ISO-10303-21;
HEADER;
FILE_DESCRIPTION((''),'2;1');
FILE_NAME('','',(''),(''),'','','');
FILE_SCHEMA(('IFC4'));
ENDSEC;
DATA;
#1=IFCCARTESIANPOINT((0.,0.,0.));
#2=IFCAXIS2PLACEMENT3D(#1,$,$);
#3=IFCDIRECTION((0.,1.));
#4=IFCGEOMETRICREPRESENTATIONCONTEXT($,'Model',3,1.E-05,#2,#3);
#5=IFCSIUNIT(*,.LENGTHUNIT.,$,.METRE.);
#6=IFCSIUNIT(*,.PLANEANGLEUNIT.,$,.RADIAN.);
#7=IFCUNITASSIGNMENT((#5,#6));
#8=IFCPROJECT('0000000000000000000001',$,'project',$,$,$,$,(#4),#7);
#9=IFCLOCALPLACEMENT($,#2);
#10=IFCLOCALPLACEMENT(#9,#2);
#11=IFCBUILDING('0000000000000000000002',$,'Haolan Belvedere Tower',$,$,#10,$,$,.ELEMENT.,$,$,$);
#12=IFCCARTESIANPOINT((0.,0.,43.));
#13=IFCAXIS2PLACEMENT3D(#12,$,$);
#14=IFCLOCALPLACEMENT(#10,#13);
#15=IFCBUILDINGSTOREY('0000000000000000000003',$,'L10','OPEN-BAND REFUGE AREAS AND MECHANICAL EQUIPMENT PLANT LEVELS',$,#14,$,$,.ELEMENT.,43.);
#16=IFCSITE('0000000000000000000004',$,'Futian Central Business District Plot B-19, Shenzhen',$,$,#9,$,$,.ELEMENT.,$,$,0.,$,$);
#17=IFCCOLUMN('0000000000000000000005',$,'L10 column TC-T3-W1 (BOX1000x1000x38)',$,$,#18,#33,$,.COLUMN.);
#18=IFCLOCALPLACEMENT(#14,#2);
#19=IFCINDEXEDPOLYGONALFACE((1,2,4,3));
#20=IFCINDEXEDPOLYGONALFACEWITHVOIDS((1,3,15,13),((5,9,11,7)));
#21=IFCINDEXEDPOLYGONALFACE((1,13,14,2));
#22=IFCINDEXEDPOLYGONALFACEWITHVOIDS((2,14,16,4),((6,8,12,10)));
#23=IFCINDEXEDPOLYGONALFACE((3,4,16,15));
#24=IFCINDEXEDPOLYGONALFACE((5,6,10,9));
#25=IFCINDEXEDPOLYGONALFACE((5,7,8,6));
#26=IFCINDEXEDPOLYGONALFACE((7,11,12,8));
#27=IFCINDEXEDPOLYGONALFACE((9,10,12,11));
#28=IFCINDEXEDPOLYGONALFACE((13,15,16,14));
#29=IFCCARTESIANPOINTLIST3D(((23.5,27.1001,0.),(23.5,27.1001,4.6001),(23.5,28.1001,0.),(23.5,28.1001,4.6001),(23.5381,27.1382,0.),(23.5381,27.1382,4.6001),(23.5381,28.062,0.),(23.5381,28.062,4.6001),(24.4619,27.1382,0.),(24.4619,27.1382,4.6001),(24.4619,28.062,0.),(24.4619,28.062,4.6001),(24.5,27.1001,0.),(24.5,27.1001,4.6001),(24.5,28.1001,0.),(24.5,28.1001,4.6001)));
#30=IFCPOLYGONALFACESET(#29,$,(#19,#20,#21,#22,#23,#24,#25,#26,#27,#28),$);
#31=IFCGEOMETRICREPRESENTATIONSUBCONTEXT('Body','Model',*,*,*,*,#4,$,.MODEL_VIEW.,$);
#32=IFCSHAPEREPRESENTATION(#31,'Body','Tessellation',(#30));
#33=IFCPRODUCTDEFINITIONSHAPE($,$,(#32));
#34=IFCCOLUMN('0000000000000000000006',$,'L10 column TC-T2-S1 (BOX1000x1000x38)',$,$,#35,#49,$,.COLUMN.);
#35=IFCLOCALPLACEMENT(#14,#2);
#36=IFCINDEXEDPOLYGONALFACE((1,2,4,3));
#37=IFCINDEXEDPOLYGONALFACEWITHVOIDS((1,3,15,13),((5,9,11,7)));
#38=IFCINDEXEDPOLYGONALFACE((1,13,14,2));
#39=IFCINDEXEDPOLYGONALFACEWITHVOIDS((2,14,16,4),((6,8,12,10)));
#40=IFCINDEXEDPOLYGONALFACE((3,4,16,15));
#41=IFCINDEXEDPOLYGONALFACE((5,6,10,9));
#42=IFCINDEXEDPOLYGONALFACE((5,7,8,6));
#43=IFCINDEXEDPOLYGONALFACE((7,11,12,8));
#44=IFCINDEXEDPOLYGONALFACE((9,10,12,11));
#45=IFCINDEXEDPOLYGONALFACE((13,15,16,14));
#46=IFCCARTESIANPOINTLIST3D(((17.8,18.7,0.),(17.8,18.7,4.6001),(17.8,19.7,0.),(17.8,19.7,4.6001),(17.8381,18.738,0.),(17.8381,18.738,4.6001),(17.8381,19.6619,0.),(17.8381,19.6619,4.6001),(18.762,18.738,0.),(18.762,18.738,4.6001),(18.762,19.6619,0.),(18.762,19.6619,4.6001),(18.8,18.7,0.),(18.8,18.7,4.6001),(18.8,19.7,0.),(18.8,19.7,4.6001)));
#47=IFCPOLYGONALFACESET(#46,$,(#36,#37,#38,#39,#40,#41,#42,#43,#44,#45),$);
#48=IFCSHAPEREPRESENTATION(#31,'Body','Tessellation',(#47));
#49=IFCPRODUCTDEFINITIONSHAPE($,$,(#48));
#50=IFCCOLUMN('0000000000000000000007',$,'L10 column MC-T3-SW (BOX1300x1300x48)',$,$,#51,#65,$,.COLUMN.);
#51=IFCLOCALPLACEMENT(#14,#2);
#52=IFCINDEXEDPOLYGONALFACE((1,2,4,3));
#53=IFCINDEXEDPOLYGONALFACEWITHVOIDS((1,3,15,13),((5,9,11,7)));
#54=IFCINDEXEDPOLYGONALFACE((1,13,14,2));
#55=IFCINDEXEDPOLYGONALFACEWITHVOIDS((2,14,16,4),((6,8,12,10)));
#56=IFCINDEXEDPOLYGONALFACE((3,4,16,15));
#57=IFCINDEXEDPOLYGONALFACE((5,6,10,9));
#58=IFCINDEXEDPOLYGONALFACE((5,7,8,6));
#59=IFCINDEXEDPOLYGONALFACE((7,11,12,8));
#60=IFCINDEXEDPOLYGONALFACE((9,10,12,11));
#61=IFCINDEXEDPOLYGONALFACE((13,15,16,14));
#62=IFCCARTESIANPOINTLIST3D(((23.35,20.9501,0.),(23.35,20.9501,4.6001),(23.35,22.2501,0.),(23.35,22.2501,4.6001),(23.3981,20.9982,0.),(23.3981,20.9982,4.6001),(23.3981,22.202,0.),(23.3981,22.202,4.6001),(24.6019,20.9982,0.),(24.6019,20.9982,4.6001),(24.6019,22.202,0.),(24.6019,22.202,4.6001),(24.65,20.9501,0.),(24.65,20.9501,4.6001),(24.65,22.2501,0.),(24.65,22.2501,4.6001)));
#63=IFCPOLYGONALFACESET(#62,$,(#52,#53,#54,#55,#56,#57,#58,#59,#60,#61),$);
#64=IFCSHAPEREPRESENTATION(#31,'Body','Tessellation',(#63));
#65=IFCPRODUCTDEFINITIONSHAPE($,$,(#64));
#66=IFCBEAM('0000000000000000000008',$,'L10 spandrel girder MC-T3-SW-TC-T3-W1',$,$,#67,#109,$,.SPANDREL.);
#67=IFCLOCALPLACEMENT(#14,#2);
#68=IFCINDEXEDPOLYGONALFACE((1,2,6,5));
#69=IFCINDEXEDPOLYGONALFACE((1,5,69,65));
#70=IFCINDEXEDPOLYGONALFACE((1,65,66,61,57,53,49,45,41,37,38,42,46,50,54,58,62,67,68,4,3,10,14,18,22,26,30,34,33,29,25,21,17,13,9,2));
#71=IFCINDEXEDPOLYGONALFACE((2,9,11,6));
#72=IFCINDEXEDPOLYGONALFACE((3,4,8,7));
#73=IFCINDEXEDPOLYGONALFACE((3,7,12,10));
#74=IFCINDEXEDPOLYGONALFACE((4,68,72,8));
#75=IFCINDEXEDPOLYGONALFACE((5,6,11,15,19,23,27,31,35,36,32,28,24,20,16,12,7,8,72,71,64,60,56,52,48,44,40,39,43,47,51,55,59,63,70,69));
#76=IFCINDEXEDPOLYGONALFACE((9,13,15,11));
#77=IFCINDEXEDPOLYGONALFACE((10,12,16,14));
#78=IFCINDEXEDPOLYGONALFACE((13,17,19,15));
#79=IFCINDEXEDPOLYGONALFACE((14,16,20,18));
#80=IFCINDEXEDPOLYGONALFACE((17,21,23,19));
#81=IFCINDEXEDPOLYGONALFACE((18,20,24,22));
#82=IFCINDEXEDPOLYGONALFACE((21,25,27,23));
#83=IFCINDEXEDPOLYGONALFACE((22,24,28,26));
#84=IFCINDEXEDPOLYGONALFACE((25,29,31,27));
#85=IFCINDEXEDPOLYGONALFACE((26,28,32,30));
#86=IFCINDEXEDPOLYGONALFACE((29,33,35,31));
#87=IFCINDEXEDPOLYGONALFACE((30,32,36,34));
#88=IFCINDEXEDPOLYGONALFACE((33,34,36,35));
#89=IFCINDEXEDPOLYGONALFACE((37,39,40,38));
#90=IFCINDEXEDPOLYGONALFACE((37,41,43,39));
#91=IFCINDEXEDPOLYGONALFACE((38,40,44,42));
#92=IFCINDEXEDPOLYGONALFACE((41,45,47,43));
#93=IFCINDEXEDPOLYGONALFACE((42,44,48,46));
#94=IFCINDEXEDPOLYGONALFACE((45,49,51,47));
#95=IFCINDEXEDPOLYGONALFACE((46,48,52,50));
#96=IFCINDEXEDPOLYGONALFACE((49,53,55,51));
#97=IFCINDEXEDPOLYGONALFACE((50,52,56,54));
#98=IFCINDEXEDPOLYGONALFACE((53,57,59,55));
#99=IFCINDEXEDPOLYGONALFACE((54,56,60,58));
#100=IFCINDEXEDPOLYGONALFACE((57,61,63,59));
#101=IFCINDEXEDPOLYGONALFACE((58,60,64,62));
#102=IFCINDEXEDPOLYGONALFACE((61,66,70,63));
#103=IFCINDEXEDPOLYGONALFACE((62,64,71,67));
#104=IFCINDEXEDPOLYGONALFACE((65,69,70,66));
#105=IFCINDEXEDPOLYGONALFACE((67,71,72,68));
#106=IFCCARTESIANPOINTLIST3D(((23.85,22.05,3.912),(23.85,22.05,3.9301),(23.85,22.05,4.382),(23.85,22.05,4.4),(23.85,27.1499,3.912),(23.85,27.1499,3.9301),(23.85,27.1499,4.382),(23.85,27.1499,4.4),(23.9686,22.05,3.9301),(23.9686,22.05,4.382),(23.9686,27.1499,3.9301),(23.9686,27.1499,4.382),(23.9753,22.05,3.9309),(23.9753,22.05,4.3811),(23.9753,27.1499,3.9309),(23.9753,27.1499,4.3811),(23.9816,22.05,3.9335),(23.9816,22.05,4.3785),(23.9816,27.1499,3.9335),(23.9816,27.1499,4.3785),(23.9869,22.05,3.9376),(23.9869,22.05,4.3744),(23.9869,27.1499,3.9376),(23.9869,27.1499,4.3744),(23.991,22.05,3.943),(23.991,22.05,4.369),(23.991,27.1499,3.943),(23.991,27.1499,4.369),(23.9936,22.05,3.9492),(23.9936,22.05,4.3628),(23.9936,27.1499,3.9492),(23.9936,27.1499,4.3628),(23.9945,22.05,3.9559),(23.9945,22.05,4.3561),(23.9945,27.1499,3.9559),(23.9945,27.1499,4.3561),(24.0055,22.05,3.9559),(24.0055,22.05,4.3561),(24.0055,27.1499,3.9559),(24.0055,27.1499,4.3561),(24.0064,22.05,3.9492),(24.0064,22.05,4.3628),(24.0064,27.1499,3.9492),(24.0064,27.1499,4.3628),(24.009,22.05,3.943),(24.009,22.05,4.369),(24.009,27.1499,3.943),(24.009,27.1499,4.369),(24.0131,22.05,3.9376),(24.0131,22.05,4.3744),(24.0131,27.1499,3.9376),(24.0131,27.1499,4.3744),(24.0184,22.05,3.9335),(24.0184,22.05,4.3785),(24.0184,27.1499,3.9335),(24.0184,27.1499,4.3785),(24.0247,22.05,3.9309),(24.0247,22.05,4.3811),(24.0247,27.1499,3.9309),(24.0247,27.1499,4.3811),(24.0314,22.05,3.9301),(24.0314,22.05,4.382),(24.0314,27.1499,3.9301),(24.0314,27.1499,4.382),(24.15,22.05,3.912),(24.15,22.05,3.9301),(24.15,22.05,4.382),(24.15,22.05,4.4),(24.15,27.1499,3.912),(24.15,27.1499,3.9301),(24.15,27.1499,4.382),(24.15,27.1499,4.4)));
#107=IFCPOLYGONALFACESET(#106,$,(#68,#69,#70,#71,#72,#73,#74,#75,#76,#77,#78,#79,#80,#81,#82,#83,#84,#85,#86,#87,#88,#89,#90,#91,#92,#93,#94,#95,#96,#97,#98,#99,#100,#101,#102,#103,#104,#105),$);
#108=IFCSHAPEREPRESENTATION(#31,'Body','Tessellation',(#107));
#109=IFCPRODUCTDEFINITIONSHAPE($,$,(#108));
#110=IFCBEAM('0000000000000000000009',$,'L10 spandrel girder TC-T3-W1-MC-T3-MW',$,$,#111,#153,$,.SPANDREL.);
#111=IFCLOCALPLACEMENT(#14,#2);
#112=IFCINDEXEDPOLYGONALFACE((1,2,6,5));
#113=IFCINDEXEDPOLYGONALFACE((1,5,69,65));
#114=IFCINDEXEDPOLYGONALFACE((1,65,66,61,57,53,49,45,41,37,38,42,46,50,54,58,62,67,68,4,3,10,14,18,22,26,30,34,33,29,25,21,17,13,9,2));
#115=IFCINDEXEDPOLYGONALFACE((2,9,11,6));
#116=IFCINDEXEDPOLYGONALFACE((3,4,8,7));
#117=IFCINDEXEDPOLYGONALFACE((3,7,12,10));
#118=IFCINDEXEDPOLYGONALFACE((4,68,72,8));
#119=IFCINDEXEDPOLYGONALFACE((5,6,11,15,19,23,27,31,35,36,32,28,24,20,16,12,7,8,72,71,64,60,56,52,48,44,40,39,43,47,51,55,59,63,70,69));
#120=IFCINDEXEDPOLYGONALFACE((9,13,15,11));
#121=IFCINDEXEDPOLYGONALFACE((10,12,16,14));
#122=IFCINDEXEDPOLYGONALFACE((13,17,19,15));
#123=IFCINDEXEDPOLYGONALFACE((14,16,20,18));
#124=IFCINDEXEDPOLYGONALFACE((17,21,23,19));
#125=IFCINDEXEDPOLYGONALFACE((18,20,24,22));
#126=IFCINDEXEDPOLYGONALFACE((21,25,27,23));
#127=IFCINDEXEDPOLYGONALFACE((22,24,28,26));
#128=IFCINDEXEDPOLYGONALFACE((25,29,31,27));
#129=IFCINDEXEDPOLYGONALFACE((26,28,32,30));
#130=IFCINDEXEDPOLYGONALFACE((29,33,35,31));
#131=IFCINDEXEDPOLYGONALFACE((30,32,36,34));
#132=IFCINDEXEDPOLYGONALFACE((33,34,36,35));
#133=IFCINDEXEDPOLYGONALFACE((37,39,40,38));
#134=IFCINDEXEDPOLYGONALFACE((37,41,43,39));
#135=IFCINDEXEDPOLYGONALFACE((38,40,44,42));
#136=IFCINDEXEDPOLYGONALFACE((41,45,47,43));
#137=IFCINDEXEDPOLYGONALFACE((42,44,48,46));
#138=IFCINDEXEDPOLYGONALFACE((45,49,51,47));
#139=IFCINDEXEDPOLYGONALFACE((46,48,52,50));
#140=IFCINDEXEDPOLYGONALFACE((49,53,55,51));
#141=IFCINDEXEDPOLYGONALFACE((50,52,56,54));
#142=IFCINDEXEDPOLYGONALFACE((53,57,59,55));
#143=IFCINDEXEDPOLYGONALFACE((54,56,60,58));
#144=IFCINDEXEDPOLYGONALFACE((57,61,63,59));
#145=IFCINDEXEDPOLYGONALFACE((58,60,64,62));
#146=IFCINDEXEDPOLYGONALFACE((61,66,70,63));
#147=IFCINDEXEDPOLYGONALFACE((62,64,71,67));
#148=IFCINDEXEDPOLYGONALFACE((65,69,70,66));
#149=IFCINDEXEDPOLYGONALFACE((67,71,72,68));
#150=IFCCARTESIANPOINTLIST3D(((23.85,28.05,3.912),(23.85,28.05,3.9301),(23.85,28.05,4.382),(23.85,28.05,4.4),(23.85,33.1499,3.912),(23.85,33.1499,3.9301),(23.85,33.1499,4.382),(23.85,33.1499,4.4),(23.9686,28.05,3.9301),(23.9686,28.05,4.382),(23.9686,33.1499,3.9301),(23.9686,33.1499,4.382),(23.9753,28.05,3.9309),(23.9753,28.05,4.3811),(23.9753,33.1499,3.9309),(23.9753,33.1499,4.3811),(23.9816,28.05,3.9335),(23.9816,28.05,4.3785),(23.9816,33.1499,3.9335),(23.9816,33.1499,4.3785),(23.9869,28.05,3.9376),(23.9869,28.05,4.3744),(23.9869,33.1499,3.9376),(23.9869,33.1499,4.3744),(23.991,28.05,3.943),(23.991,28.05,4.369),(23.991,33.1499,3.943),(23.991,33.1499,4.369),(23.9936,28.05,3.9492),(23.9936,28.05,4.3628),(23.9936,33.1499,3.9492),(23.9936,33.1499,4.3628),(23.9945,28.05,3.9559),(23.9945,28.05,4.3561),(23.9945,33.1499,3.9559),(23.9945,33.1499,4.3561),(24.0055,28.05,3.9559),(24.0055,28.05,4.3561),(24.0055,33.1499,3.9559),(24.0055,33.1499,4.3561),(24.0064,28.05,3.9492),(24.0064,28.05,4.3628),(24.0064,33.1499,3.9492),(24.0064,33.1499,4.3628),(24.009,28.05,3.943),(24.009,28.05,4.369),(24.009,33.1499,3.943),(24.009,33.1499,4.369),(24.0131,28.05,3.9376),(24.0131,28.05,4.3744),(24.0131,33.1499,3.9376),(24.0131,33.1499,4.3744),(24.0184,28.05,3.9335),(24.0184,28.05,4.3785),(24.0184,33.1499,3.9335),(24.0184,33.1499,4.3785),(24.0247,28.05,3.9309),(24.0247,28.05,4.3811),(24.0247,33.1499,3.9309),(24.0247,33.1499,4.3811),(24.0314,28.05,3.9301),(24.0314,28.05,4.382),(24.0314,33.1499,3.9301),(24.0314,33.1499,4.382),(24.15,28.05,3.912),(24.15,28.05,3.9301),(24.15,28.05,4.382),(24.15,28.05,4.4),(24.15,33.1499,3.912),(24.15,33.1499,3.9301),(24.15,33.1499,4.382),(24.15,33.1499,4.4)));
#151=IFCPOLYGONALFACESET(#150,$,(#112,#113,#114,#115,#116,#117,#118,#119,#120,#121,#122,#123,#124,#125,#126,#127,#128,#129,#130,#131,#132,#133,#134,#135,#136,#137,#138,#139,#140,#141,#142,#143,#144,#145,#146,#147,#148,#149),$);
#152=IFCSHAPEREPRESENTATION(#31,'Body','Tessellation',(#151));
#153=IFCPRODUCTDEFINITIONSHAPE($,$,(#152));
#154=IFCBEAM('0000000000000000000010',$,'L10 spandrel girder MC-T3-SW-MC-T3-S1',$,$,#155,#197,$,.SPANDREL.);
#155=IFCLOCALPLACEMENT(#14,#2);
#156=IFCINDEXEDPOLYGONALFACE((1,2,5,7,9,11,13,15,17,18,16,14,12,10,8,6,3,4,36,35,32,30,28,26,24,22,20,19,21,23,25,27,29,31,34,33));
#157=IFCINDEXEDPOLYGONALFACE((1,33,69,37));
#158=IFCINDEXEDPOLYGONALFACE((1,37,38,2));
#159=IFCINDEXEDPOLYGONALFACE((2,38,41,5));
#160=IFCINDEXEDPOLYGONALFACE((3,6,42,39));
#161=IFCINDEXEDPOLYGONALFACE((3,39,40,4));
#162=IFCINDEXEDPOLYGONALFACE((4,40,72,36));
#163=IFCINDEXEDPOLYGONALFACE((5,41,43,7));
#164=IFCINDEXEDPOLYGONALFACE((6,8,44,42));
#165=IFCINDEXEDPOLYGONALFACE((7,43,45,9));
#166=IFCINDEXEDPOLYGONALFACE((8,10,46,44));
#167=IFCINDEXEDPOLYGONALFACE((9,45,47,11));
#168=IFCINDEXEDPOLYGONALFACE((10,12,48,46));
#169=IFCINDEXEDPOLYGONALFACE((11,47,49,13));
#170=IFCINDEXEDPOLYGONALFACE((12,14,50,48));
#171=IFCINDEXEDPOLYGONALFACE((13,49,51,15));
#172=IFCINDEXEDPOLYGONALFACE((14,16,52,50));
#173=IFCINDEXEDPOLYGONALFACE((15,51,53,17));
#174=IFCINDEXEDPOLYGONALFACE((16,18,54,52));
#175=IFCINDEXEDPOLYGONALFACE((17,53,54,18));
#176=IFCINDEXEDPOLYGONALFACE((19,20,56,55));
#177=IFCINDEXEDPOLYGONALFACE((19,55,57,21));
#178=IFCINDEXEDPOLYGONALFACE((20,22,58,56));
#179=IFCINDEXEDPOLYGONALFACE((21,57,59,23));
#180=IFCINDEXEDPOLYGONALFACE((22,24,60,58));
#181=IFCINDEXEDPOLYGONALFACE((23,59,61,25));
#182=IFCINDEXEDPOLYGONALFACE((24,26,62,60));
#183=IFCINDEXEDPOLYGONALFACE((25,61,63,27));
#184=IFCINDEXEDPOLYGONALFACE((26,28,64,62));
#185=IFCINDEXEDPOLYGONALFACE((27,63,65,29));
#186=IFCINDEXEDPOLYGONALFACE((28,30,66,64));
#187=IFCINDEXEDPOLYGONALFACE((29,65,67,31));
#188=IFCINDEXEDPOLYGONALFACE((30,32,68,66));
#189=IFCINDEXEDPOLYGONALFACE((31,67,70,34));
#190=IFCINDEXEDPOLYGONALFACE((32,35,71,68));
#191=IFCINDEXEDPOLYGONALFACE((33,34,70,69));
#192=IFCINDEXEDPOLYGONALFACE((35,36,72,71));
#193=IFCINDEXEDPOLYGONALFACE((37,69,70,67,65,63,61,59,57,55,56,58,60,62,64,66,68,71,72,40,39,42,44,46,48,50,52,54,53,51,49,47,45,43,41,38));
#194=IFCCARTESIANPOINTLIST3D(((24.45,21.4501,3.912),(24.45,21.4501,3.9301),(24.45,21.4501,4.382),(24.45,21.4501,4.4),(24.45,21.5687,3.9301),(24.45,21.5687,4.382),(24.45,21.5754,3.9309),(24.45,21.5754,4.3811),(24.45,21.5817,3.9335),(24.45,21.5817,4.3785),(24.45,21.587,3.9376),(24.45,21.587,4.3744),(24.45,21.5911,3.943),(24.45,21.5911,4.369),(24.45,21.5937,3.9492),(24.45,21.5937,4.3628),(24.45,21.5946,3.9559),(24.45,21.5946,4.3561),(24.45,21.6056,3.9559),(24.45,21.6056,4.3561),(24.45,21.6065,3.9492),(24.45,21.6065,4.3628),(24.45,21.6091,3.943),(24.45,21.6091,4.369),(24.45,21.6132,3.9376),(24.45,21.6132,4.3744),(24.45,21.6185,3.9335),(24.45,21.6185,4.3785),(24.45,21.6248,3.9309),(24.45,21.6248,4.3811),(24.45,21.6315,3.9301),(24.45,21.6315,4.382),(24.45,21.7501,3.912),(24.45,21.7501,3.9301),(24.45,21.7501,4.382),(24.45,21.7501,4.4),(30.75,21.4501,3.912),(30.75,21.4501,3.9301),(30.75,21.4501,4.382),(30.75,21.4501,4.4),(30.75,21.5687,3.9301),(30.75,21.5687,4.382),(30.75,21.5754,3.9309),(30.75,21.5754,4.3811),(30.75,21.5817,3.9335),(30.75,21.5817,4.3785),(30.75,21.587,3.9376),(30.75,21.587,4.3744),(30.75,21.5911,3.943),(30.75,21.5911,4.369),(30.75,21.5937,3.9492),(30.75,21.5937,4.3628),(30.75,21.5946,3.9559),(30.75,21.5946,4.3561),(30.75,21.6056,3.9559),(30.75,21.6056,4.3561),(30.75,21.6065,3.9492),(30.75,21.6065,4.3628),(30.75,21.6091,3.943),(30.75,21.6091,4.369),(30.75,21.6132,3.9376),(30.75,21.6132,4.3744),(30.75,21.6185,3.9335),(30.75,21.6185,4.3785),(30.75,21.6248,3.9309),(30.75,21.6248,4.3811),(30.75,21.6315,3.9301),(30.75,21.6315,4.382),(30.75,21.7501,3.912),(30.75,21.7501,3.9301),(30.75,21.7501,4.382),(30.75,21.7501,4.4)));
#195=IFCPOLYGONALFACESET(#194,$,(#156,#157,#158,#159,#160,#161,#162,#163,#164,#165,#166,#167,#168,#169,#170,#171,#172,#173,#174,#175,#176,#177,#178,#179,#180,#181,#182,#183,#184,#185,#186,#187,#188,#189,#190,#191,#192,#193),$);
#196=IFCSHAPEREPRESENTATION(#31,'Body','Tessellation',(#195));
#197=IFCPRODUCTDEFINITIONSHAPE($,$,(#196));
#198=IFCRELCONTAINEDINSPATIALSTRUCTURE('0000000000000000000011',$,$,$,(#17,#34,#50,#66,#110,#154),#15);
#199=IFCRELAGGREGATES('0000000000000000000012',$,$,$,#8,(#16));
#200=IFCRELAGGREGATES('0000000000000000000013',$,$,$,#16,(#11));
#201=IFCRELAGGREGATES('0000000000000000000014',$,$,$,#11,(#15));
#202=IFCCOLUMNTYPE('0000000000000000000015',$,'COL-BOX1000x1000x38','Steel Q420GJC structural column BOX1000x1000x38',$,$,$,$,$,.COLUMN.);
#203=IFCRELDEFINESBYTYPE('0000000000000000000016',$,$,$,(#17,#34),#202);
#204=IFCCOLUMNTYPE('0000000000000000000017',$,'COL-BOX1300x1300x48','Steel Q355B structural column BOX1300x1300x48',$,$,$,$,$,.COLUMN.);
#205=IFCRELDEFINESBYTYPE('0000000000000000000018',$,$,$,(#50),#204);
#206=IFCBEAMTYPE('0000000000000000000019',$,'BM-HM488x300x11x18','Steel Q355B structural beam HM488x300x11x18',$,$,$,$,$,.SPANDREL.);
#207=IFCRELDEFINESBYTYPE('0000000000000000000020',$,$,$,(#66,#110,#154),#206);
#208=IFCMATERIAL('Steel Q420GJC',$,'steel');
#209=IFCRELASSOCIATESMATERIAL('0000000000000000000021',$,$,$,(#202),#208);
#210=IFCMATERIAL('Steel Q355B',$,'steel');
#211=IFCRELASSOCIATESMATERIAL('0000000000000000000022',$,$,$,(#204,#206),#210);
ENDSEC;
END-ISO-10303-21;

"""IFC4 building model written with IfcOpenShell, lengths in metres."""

from ifc_helpers import new_model, si_unit, direction, frame, origin, origin_2d, place, context, subcontext, project, spatial, hollow_rectangle, i_section, extrude, material, material_profile, profile_set, type_object, element, save


model = new_model("IFC4")

# Units and contexts
model_context = context("Model", 3, precision=1e-05, world=origin(), true_north=direction((0.0, 1.0)))
body_context = subcontext(model_context, "Body", "Model", "MODEL_VIEW")
ifc_project = project(units=[si_unit("LENGTHUNIT", "METRE"), si_unit("PLANEANGLEUNIT", "RADIAN")], contexts=[model_context])

# Site, building, storey
site_placement = place(None, origin())
site = spatial("IfcSite", under=ifc_project, at=site_placement, Name="Futian Central Business District Plot B-19, Shenzhen", CompositionType="ELEMENT", RefElevation=0.0)
building_placement = place(site_placement, origin())
building = spatial("IfcBuilding", under=site, at=building_placement, Name="Haolan Belvedere Tower", CompositionType="ELEMENT")
storey_placement = place(building_placement, frame((0.0, 0.0, 43.0)))
storey = spatial("IfcBuildingStorey", under=building, at=storey_placement, Name="L10", Description="OPEN-BAND REFUGE AREAS AND MECHANICAL EQUIPMENT PLANT LEVELS", CompositionType="ELEMENT", Elevation=43.0)

# Columns
ifc_material_1 = material(Name="Steel Q420GJC", Category="steel")
ifc_material_profile_1 = material_profile(ifc_material_1, hollow_rectangle(XDim=1.0, YDim=1.0, WallThickness=0.0381, at=origin_2d()), Name="Steel Q420GJC")
ifc_profile_set_1 = profile_set([ifc_material_profile_1], Name="Steel Q420GJC")
column_type_1 = type_object("IfcColumnType", Name="COL-BOX1000x1000x38", Description="Steel Q420GJC structural column BOX1000x1000x38", PredefinedType="COLUMN", material=ifc_profile_set_1)
for number, where, z_axis, x_axis, name in (
    (1, (24.0, 27.6001, 0.0), (0.0, 0.0, 1.0), (1.0, 0.0, 0.0), "L10 column TC-T3-W1 (BOX1000x1000x38)"),
    (2, (18.3, 19.2, 0.0), (0.0, 0.0, 1.0), (1.0, 0.0, 0.0), "L10 column TC-T2-S1 (BOX1000x1000x38)"),
):
    element("IfcColumn", number, at=place(storey_placement, frame(where, z_axis=z_axis, x_axis=x_axis)), inside=storey, type_object=column_type_1, Name=name, PredefinedType="COLUMN", context=body_context, shape_type="SweptSolid", body=[
        extrude(hollow_rectangle(XDim=1.0, YDim=1.0, WallThickness=0.0381, at=origin_2d()), origin(), (0.0, 0.0, 1.0), 4.6001),
    ])
ifc_material_2 = material(Name="Steel Q355B", Category="steel")
ifc_material_profile_2 = material_profile(ifc_material_2, hollow_rectangle(XDim=1.3, YDim=1.3, WallThickness=0.0481, at=origin_2d()), Name="Steel Q355B")
ifc_profile_set_2 = profile_set([ifc_material_profile_2], Name="Steel Q355B")
column_type_2 = type_object("IfcColumnType", Name="COL-BOX1300x1300x48", Description="Steel Q355B structural column BOX1300x1300x48", PredefinedType="COLUMN", material=ifc_profile_set_2)
column_placement = place(storey_placement, frame((24.0, 21.6001, 0.0), z_axis=(0.0, 0.0, 1.0), x_axis=(1.0, 0.0, 0.0)))
element("IfcColumn", 3, at=column_placement, inside=storey, type_object=column_type_2, Name="L10 column MC-T3-SW (BOX1300x1300x48)", PredefinedType="COLUMN", context=body_context, shape_type="SweptSolid", body=[
    extrude(hollow_rectangle(XDim=1.3, YDim=1.3, WallThickness=0.0481, at=origin_2d()), origin(), (0.0, 0.0, 1.0), 4.6001),
])

# Beams
ifc_material_profile_3 = material_profile(ifc_material_2, i_section(OverallWidth=0.3, OverallDepth=0.488, WebThickness=0.011, FlangeThickness=0.0181, FilletRadius=0.0259, at=origin_2d()), Name="Steel Q355B")
ifc_profile_set_3 = profile_set([ifc_material_profile_3], Name="Steel Q355B")
beam_type = type_object("IfcBeamType", Name="BM-HM488x300x11x18", Description="Steel Q355B structural beam HM488x300x11x18", PredefinedType="SPANDREL", material=ifc_profile_set_3)
for number, where, z_axis, x_axis, name in (
    (4, (24.0, 22.05, 4.156), (0.0, 1.0, 0.0), (-1.0, 0.0, 0.0), "L10 spandrel girder MC-T3-SW-TC-T3-W1"),
    (5, (24.0, 28.05, 4.156), (0.0, 1.0, 0.0), (-1.0, 0.0, 0.0), "L10 spandrel girder TC-T3-W1-MC-T3-MW"),
):
    element("IfcBeam", number, at=place(storey_placement, frame(where, z_axis=z_axis, x_axis=x_axis)), inside=storey, type_object=beam_type, Name=name, PredefinedType="SPANDREL", context=body_context, shape_type="SweptSolid", body=[
        extrude(i_section(OverallWidth=0.3, OverallDepth=0.488, WebThickness=0.011, FlangeThickness=0.0181, FilletRadius=0.0259, at=origin_2d()), origin(), (0.0, 0.0, 1.0), 5.0999),
    ])
beam_1_placement = place(storey_placement, frame((24.45, 21.6001, 4.156), z_axis=(1.0, 0.0, 0.0), x_axis=(0.0, 1.0, 0.0)))
element("IfcBeam", 6, at=beam_1_placement, inside=storey, type_object=beam_type, Name="L10 spandrel girder MC-T3-SW-MC-T3-S1", PredefinedType="SPANDREL", context=body_context, shape_type="SweptSolid", body=[
    extrude(i_section(OverallWidth=0.3, OverallDepth=0.488, WebThickness=0.011, FlangeThickness=0.0181, FilletRadius=0.0259, at=origin_2d()), origin(), (0.0, 0.0, 1.0), 6.3),
])

save(model, "model.ifc")
